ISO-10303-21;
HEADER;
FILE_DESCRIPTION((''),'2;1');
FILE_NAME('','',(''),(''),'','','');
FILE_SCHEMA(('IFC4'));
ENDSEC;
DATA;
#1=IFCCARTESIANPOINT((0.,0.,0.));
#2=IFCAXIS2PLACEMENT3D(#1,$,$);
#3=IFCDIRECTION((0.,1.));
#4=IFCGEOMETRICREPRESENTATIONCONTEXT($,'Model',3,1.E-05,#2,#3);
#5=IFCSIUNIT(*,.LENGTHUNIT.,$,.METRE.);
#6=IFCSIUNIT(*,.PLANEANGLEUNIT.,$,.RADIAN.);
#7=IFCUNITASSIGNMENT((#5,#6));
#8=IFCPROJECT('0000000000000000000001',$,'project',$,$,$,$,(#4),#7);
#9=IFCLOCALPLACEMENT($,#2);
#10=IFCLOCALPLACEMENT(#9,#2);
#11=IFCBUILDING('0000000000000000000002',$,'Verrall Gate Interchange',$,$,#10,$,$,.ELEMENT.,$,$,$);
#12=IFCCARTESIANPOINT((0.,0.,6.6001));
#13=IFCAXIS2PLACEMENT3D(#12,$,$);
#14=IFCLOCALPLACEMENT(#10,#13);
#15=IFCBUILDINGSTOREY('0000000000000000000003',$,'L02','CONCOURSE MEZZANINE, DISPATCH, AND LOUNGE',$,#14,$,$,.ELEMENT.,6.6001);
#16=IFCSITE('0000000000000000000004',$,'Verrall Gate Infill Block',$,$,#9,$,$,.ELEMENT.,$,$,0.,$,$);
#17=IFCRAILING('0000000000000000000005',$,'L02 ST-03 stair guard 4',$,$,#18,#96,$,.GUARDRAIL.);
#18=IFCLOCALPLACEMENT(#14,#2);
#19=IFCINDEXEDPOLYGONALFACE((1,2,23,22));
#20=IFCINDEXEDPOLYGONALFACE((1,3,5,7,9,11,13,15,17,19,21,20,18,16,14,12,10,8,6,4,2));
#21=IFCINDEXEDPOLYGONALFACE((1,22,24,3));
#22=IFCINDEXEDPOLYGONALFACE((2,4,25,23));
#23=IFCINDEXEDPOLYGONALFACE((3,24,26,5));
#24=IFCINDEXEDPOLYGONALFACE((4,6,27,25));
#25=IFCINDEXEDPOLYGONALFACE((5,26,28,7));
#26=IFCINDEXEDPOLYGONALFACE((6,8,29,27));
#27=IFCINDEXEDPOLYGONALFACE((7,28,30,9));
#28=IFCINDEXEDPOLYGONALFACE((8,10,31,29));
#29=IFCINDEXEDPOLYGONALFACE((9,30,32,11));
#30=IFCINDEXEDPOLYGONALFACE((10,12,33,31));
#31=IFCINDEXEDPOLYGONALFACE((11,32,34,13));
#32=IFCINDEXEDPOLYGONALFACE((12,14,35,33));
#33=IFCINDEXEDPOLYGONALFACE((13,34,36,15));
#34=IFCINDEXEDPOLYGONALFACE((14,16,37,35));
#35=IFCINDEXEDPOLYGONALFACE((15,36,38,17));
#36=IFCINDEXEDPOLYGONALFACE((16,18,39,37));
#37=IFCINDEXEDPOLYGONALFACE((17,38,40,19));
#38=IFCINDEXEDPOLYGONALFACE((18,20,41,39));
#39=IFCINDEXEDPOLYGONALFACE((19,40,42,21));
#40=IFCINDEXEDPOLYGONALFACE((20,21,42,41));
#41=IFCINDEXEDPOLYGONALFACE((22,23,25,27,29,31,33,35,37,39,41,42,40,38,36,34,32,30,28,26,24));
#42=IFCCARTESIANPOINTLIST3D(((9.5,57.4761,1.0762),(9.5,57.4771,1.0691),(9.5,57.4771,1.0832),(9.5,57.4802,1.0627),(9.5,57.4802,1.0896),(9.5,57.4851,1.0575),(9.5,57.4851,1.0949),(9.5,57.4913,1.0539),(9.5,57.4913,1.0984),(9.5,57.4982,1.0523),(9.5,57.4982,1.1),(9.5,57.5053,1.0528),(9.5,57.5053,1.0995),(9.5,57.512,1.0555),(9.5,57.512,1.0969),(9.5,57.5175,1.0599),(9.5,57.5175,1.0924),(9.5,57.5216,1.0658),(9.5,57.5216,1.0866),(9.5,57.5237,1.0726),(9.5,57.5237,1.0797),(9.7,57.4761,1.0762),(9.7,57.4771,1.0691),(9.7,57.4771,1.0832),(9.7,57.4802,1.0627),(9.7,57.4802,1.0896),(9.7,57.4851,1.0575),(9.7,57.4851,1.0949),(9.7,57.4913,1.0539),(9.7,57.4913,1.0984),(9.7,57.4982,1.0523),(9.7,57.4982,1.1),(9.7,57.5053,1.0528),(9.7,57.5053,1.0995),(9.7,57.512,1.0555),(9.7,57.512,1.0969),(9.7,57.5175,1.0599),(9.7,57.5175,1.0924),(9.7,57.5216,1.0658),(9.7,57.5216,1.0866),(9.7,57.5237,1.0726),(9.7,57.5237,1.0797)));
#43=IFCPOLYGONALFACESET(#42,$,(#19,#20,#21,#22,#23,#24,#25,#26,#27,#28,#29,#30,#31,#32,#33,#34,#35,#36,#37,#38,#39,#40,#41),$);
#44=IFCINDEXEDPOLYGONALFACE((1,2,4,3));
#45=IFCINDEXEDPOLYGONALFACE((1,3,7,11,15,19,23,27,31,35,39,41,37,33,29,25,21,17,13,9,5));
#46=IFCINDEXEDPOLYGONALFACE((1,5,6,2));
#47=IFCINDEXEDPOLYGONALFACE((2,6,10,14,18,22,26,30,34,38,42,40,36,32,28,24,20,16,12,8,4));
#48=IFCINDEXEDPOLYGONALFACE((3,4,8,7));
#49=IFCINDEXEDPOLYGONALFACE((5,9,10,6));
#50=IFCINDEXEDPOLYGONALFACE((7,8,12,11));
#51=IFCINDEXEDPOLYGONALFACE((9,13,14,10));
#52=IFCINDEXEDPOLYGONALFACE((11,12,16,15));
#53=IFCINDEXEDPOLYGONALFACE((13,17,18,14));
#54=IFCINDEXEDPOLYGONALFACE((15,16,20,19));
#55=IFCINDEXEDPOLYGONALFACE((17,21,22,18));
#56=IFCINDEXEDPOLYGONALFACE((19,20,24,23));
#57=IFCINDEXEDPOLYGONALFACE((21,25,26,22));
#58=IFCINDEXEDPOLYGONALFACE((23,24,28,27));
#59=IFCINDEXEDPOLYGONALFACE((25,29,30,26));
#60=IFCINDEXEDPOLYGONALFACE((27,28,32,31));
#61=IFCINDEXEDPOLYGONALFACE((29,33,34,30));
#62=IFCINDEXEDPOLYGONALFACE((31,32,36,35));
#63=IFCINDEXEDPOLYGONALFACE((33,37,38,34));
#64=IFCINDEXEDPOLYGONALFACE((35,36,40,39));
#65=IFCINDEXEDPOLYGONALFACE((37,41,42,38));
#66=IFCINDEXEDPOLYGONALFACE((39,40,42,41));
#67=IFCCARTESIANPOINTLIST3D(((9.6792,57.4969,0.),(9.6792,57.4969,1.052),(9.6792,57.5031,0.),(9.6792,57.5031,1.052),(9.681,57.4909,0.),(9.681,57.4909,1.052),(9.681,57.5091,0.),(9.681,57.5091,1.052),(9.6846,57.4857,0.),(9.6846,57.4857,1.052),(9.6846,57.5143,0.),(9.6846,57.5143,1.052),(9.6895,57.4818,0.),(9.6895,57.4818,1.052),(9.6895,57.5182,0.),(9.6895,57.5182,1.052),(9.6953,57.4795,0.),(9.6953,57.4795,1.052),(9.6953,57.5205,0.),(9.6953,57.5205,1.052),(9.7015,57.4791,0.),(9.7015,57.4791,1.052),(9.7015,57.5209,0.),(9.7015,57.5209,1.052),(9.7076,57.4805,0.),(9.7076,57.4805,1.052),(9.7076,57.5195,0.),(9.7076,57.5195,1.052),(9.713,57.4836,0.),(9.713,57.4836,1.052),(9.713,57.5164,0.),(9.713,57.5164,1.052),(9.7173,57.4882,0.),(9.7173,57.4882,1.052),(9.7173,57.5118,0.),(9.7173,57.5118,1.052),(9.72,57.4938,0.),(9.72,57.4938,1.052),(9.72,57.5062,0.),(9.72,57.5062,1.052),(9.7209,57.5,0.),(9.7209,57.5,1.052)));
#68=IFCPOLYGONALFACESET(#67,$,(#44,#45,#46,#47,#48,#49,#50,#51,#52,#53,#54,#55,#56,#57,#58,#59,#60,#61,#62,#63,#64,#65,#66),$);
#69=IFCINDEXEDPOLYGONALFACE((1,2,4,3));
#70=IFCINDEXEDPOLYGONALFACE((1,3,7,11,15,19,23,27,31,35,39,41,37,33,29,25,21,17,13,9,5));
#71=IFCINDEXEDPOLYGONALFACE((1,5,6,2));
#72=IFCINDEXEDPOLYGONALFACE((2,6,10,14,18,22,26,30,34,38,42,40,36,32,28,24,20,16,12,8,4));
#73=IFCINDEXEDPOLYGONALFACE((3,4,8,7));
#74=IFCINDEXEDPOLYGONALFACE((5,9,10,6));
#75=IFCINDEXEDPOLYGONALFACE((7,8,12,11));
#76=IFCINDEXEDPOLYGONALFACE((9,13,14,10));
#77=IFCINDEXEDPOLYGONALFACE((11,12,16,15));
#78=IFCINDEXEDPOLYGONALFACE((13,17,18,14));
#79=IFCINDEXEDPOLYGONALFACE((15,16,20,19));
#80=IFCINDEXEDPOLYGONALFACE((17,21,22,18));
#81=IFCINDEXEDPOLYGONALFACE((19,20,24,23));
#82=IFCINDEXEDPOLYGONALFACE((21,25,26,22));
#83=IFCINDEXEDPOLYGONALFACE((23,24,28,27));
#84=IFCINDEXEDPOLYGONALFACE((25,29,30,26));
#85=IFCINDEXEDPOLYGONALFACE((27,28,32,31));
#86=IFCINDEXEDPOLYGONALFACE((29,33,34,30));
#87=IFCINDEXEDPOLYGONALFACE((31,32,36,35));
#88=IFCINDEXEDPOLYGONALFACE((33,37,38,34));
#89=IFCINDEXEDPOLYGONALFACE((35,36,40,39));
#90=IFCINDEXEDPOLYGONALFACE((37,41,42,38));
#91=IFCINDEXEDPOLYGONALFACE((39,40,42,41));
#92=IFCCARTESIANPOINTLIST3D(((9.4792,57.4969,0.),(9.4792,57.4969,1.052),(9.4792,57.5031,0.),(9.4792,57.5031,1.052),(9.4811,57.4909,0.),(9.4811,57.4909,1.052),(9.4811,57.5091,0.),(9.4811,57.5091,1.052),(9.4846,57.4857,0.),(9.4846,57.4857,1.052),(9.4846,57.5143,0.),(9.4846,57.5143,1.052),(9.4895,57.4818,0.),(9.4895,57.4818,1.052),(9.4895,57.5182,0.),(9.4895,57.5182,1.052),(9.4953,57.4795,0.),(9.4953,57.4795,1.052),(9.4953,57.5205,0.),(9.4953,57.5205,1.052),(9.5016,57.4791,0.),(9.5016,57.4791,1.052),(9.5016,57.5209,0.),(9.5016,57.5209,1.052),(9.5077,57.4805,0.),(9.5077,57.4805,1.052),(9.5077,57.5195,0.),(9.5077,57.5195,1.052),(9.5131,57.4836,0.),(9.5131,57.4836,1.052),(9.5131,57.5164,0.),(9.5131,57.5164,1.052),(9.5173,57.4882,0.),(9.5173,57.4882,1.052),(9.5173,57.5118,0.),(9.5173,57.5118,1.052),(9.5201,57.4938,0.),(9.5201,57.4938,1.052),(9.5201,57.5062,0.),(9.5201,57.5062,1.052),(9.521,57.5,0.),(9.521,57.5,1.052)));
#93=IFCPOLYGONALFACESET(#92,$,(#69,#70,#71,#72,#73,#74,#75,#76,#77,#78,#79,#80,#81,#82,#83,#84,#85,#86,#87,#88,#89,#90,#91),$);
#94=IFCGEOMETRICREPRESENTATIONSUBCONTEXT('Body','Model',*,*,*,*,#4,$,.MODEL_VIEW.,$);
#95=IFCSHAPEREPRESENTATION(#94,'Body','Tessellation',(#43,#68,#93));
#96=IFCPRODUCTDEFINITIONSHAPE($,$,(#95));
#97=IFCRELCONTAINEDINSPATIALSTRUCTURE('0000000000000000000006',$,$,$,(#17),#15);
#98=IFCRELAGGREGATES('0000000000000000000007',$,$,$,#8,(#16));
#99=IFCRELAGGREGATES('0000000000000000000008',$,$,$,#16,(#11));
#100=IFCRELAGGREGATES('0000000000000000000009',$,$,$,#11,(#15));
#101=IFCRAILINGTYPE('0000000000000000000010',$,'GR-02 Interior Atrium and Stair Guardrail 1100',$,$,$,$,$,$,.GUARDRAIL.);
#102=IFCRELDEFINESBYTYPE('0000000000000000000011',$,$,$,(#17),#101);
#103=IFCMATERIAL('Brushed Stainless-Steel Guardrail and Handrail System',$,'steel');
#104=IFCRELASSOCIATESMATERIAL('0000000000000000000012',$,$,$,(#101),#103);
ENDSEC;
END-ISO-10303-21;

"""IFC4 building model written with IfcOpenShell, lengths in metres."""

from ifc_helpers import new_model, si_unit, direction, frame, origin, origin_2d, place, context, subcontext, project, spatial, circle, extrude, material, type_object, element, save


model = new_model("IFC4")

# Units and contexts
model_context = context("Model", 3, precision=1e-05, world=origin(), true_north=direction((0.0, 1.0)))
body_context = subcontext(model_context, "Body", "Model", "MODEL_VIEW")
ifc_project = project(units=[si_unit("LENGTHUNIT", "METRE"), si_unit("PLANEANGLEUNIT", "RADIAN")], contexts=[model_context])

# Site, building, storey
site_placement = place(None, origin())
site = spatial("IfcSite", under=ifc_project, at=site_placement, Name="Verrall Gate Infill Block", CompositionType="ELEMENT", RefElevation=0.0)
building_placement = place(site_placement, origin())
building = spatial("IfcBuilding", under=site, at=building_placement, Name="Verrall Gate Interchange", CompositionType="ELEMENT")
storey_placement = place(building_placement, frame((0.0, 0.0, 6.6001)))
storey = spatial("IfcBuildingStorey", under=building, at=storey_placement, Name="L02", Description="CONCOURSE MEZZANINE, DISPATCH, AND LOUNGE", CompositionType="ELEMENT", Elevation=6.6001)

# Railing
ifc_material_1 = material(Name="Brushed Stainless-Steel Guardrail and Handrail System", Category="steel")
railing_type_1 = type_object("IfcRailingType", Name="GR-02 Interior Atrium and Stair Guardrail 1100", PredefinedType="GUARDRAIL", material=ifc_material_1)
railing_1_placement = place(storey_placement, frame((9.7, 57.5, 0.0)))
element("IfcRailing", 1, at=railing_1_placement, inside=storey, type_object=railing_type_1, Name="L02 ST-03 stair guard 4", PredefinedType="GUARDRAIL", context=body_context, shape_type="SweptSolid", body=[
    extrude(circle(Radius=0.0239, at=origin_2d()), frame((0.0, 0.0, 1.0762), z_axis=(-1.0, 0.0, 0.0), x_axis=(0.0, -1.0, 0.0)), (0.0, 0.0, 1.0), 0.2),
    extrude(circle(Radius=0.021, at=origin_2d()), origin(), (0.0, 0.0, 1.0), 1.052),
    extrude(circle(Radius=0.021, at=origin_2d()), frame((-0.2, 0.0, 0.0)), (0.0, 0.0, 1.0), 1.052),
])

save(model, "model.ifc")
